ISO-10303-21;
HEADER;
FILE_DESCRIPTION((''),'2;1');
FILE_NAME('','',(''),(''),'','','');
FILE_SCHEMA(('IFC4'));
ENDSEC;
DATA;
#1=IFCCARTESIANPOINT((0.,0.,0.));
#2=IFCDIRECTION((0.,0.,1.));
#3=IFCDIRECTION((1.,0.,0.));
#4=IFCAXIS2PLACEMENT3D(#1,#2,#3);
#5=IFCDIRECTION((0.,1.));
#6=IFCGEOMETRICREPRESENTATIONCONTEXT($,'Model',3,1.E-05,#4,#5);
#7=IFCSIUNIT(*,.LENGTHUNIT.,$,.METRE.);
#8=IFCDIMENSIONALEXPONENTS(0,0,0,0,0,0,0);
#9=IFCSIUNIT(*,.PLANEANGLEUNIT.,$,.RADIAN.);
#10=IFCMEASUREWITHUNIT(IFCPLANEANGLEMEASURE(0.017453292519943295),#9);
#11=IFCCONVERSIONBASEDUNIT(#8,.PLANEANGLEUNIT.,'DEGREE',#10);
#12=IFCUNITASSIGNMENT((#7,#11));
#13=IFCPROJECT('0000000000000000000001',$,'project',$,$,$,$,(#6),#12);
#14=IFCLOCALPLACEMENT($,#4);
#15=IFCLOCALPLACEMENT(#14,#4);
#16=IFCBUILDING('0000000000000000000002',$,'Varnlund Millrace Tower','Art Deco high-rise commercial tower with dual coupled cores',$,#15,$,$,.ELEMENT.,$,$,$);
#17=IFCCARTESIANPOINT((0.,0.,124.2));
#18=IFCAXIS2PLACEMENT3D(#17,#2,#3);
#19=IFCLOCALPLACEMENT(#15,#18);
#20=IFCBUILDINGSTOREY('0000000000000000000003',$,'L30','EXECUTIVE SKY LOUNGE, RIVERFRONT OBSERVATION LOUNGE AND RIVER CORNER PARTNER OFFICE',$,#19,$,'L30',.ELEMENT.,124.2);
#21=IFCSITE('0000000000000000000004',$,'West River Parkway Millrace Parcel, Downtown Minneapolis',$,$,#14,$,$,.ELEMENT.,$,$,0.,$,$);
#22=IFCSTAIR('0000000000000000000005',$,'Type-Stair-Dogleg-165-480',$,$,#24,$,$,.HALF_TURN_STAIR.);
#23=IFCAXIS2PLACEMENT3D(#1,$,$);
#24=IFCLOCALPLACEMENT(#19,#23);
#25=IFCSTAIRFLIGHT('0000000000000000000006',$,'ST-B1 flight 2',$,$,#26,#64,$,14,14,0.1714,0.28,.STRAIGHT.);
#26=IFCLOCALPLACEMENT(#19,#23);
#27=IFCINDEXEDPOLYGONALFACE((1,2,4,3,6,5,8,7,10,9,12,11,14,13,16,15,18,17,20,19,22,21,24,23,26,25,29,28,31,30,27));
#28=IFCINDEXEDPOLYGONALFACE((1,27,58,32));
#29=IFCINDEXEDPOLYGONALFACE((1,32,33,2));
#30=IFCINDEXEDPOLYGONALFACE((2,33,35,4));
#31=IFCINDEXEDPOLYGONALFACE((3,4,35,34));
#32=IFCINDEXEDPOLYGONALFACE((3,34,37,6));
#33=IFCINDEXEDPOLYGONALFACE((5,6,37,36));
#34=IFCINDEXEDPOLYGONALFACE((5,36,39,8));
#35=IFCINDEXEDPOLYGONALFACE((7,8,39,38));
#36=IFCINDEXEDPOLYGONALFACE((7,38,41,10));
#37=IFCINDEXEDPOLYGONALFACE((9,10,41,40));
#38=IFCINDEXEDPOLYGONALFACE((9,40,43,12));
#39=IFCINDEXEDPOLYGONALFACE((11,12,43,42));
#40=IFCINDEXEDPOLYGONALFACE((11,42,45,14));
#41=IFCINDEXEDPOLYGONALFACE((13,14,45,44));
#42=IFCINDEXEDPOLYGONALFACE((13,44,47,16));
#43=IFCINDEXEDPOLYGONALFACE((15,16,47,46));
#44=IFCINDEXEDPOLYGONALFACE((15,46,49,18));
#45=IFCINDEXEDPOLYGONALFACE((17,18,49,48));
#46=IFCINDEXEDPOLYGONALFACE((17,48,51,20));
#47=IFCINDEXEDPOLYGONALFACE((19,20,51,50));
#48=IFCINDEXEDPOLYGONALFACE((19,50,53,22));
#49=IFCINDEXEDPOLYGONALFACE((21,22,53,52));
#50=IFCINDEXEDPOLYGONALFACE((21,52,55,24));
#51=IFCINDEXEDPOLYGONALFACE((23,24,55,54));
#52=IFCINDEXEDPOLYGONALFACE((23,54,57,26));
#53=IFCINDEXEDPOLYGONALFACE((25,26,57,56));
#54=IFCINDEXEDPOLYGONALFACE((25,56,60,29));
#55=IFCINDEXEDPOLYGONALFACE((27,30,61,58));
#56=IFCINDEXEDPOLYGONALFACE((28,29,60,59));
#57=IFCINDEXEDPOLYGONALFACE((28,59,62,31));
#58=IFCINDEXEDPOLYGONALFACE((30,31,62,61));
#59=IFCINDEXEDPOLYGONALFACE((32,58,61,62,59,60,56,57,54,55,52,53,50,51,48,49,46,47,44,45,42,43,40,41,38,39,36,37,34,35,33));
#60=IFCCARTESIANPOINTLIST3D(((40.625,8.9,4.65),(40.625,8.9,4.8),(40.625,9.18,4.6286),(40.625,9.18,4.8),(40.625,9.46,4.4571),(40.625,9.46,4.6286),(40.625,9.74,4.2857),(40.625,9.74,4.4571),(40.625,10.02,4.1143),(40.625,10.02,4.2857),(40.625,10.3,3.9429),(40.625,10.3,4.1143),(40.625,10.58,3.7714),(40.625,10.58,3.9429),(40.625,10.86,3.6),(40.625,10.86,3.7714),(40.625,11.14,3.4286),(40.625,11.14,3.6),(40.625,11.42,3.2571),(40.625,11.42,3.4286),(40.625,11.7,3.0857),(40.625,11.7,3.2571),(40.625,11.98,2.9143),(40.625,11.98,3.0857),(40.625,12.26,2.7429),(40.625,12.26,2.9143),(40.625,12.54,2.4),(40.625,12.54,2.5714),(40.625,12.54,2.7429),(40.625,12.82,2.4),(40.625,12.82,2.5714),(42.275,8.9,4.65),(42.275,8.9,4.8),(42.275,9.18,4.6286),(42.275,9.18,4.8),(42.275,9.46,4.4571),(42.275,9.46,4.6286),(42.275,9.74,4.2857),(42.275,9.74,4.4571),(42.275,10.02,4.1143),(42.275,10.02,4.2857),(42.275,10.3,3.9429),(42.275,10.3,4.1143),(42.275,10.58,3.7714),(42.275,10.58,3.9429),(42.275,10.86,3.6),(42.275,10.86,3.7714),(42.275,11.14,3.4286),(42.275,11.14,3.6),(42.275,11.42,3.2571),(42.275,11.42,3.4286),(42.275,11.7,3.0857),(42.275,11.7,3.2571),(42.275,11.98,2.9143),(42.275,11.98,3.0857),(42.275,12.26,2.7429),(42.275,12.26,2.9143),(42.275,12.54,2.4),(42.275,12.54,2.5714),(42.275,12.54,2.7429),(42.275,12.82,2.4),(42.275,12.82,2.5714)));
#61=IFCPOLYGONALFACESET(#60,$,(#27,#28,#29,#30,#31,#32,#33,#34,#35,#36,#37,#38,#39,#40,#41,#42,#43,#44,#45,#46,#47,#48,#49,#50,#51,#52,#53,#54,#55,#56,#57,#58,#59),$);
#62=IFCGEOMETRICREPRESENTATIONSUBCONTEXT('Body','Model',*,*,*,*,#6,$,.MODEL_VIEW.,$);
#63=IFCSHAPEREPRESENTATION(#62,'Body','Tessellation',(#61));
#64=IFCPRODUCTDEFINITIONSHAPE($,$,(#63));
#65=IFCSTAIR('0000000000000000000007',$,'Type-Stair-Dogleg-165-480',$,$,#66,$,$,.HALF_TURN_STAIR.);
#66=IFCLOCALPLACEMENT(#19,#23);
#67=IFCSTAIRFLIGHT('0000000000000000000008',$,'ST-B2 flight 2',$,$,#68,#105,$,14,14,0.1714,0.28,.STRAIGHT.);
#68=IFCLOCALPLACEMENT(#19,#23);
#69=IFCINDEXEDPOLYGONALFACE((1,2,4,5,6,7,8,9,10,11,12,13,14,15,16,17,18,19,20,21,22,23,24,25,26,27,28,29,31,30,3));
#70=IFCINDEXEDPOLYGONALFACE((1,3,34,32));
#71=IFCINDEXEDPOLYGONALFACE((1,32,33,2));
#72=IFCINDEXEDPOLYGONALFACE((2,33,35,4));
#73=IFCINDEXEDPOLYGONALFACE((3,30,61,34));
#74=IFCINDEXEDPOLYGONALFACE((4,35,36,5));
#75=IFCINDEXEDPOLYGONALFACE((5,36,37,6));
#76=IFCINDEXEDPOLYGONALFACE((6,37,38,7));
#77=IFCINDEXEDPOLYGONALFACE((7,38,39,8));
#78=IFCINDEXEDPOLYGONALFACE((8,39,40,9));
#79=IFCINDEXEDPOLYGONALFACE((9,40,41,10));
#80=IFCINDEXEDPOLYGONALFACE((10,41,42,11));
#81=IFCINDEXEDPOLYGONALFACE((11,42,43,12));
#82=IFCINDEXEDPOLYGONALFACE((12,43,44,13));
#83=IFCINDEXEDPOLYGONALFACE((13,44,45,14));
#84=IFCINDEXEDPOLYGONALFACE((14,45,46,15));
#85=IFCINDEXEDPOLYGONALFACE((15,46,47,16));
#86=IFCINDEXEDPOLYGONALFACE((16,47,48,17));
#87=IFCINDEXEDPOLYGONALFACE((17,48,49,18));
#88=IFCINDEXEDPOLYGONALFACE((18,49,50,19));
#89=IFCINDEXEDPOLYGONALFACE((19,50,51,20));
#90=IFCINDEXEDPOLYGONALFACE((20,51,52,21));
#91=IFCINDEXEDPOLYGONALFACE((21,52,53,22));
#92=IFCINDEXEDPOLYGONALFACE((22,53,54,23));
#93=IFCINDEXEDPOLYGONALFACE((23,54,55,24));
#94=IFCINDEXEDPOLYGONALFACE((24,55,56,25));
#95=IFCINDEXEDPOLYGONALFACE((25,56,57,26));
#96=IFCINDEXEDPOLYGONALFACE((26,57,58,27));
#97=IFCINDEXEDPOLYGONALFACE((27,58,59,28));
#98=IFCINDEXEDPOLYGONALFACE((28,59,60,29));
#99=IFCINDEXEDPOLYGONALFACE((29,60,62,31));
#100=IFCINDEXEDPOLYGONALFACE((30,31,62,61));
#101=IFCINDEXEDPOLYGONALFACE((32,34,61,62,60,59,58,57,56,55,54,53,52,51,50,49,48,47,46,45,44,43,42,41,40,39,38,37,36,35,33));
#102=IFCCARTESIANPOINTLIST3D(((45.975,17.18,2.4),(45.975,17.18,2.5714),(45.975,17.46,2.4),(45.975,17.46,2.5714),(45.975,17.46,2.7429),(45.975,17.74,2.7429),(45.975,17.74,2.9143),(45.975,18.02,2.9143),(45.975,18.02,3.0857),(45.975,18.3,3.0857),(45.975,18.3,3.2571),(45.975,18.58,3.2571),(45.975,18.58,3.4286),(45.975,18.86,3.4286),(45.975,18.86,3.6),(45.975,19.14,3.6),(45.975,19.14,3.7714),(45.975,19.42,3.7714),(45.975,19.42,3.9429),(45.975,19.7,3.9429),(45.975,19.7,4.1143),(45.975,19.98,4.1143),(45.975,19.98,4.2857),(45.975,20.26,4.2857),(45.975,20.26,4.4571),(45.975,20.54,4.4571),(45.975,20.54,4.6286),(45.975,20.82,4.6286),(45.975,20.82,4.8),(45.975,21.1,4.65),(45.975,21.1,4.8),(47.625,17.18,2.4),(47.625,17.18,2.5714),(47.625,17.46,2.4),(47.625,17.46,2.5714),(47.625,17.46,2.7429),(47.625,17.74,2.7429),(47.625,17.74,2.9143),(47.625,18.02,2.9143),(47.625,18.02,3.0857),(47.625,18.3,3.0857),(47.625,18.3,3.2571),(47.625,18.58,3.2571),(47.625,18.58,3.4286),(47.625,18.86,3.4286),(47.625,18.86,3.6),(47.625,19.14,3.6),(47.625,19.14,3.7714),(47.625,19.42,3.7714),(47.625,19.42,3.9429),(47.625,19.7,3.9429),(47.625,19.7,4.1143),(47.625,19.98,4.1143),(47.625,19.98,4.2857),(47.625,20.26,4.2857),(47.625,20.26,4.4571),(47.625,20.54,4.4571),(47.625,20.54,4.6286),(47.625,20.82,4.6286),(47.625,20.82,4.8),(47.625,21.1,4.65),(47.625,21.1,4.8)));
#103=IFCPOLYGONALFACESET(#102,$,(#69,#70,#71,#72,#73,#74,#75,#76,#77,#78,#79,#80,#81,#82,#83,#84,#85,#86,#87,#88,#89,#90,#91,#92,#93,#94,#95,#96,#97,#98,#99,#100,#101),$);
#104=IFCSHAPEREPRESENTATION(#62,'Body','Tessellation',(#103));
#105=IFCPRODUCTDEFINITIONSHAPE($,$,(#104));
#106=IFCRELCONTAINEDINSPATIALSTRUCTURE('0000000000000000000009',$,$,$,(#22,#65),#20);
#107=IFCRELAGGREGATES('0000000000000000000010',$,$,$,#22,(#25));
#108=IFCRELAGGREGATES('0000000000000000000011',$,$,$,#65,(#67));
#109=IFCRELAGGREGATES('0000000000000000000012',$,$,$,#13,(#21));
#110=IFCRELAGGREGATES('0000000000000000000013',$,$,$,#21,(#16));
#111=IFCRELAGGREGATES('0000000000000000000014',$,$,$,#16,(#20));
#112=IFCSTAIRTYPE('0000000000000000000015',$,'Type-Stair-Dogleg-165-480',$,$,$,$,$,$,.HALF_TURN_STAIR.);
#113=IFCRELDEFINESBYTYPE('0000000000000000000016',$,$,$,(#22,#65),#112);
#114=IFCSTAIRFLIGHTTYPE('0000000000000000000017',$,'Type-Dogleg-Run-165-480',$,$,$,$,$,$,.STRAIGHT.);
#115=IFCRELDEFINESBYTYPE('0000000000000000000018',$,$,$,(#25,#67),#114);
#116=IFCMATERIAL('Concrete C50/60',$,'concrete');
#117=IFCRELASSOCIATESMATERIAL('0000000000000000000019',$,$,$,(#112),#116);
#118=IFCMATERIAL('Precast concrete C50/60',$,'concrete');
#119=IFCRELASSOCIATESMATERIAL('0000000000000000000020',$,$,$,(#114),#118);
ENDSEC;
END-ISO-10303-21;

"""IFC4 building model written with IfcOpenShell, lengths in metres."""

from ifc_helpers import new_model, entity, si_unit, converted_unit, direction, frame, origin_with_axes, place, context, subcontext, project, spatial, polyline, outline, extrude, material, type_object, element, aggregate, save


model = new_model("IFC4")

# Units and contexts
model_context = context("Model", 3, precision=1e-05, world=origin_with_axes(), true_north=direction((0.0, 1.0)))
body_context = subcontext(model_context, "Body", "Model", "MODEL_VIEW")
ifc_project = project(units=[si_unit("LENGTHUNIT", "METRE"), converted_unit("PLANEANGLEUNIT", "DEGREE", entity("IfcPlaneAngleMeasure", 0.017453292519943295), si_unit("PLANEANGLEUNIT", "RADIAN"), dimensions=[0, 0, 0, 0, 0, 0, 0])], contexts=[model_context])

# Site, building, storey
site_placement = place(None, origin_with_axes())
site = spatial("IfcSite", under=ifc_project, at=site_placement, Name="West River Parkway Millrace Parcel, Downtown Minneapolis", CompositionType="ELEMENT", RefElevation=0.0)
building_placement = place(site_placement, origin_with_axes())
building = spatial("IfcBuilding", under=site, at=building_placement, Name="Varnlund Millrace Tower", Description="Art Deco high-rise commercial tower with dual coupled cores", CompositionType="ELEMENT")
storey_placement = place(building_placement, frame((0.0, 0.0, 124.2), z_axis=(0.0, 0.0, 1.0), x_axis=(1.0, 0.0, 0.0)))
storey = spatial("IfcBuildingStorey", under=building, at=storey_placement, Name="L30", Description="EXECUTIVE SKY LOUNGE, RIVERFRONT OBSERVATION LOUNGE AND RIVER CORNER PARTNER OFFICE", LongName="L30", CompositionType="ELEMENT", Elevation=124.2)

# Stairs, stair flights
ifc_material_1 = material(Name="Concrete C50/60", Category="concrete")
stair_type = type_object("IfcStairType", Name="Type-Stair-Dogleg-165-480", PredefinedType="HALF_TURN_STAIR", material=ifc_material_1)
stair_1_placement = place(storey_placement, origin_with_axes())
stair_1 = element("IfcStair", 1, at=stair_1_placement, inside=storey, type_object=stair_type, Name="Type-Stair-Dogleg-165-480", PredefinedType="HALF_TURN_STAIR")
ifc_material_2 = material(Name="Precast concrete C50/60", Category="concrete")
stair_flight_type = type_object("IfcStairFlightType", Name="Type-Dogleg-Run-165-480", PredefinedType="STRAIGHT", material=ifc_material_2)
stair_flight_1_placement = place(storey_placement, frame((42.275, 12.82, 2.4), z_axis=(-1.0, 0.0, 0.0), x_axis=(0.0, -1.0, 0.0)))
stair_flight_1 = element("IfcStairFlight", 2, at=stair_flight_1_placement, type_object=stair_flight_type, Name="ST-B1 flight 2", NumberOfRisers=14, NumberOfTreads=14, PredefinedType="STRAIGHT", RiserHeight=0.1714, TreadLength=0.28, context=body_context, shape_type="SweptSolid", body=[
    extrude(outline(polyline([(0.0, 0.0), (0.0, 0.1714), (0.28, 0.1714), (0.28, 0.3429), (0.56, 0.3429), (0.56, 0.5143), (0.84, 0.5143), (0.84, 0.6857), (1.12, 0.6857), (1.12, 0.8571), (1.4, 0.8571), (1.4, 1.0286), (1.68, 1.0286), (1.68, 1.2), (1.96, 1.2), (1.96, 1.3714), (2.24, 1.3714), (2.24, 1.5429), (2.52, 1.5429), (2.52, 1.7143), (2.8, 1.7143), (2.8, 1.8857), (3.08, 1.8857), (3.08, 2.0571), (3.36, 2.0571), (3.36, 2.2286), (3.64, 2.2286), (3.64, 2.4), (3.92, 2.4), (3.92, 2.25), (0.28, 0.0), (0.0, 0.0)])), origin_with_axes(), (0.0, 0.0, 1.0), 1.65),
])
aggregate(stair_1, [stair_flight_1])
stair_2_placement = place(storey_placement, origin_with_axes())
stair_2 = element("IfcStair", 3, at=stair_2_placement, inside=storey, type_object=stair_type, Name="Type-Stair-Dogleg-165-480", PredefinedType="HALF_TURN_STAIR")
stair_flight_2_placement = place(storey_placement, frame((45.975, 17.18, 2.4), z_axis=(1.0, 0.0, 0.0), x_axis=(0.0, 1.0, 0.0)))
stair_flight_2 = element("IfcStairFlight", 4, at=stair_flight_2_placement, type_object=stair_flight_type, Name="ST-B2 flight 2", NumberOfRisers=14, NumberOfTreads=14, PredefinedType="STRAIGHT", RiserHeight=0.1714, TreadLength=0.28, context=body_context, shape_type="SweptSolid", body=[
    extrude(outline(polyline([(0.0, 0.0), (0.0, 0.1714), (0.28, 0.1714), (0.28, 0.3429), (0.56, 0.3429), (0.56, 0.5143), (0.84, 0.5143), (0.84, 0.6857), (1.12, 0.6857), (1.12, 0.8571), (1.4, 0.8571), (1.4, 1.0286), (1.68, 1.0286), (1.68, 1.2), (1.96, 1.2), (1.96, 1.3714), (2.24, 1.3714), (2.24, 1.5429), (2.52, 1.5429), (2.52, 1.7143), (2.8, 1.7143), (2.8, 1.8857), (3.08, 1.8857), (3.08, 2.0571), (3.36, 2.0571), (3.36, 2.2286), (3.64, 2.2286), (3.64, 2.4), (3.92, 2.4), (3.92, 2.25), (0.28, 0.0), (0.0, 0.0)])), origin_with_axes(), (0.0, 0.0, 1.0), 1.65),
])
aggregate(stair_2, [stair_flight_2])

save(model, "model.ifc")
